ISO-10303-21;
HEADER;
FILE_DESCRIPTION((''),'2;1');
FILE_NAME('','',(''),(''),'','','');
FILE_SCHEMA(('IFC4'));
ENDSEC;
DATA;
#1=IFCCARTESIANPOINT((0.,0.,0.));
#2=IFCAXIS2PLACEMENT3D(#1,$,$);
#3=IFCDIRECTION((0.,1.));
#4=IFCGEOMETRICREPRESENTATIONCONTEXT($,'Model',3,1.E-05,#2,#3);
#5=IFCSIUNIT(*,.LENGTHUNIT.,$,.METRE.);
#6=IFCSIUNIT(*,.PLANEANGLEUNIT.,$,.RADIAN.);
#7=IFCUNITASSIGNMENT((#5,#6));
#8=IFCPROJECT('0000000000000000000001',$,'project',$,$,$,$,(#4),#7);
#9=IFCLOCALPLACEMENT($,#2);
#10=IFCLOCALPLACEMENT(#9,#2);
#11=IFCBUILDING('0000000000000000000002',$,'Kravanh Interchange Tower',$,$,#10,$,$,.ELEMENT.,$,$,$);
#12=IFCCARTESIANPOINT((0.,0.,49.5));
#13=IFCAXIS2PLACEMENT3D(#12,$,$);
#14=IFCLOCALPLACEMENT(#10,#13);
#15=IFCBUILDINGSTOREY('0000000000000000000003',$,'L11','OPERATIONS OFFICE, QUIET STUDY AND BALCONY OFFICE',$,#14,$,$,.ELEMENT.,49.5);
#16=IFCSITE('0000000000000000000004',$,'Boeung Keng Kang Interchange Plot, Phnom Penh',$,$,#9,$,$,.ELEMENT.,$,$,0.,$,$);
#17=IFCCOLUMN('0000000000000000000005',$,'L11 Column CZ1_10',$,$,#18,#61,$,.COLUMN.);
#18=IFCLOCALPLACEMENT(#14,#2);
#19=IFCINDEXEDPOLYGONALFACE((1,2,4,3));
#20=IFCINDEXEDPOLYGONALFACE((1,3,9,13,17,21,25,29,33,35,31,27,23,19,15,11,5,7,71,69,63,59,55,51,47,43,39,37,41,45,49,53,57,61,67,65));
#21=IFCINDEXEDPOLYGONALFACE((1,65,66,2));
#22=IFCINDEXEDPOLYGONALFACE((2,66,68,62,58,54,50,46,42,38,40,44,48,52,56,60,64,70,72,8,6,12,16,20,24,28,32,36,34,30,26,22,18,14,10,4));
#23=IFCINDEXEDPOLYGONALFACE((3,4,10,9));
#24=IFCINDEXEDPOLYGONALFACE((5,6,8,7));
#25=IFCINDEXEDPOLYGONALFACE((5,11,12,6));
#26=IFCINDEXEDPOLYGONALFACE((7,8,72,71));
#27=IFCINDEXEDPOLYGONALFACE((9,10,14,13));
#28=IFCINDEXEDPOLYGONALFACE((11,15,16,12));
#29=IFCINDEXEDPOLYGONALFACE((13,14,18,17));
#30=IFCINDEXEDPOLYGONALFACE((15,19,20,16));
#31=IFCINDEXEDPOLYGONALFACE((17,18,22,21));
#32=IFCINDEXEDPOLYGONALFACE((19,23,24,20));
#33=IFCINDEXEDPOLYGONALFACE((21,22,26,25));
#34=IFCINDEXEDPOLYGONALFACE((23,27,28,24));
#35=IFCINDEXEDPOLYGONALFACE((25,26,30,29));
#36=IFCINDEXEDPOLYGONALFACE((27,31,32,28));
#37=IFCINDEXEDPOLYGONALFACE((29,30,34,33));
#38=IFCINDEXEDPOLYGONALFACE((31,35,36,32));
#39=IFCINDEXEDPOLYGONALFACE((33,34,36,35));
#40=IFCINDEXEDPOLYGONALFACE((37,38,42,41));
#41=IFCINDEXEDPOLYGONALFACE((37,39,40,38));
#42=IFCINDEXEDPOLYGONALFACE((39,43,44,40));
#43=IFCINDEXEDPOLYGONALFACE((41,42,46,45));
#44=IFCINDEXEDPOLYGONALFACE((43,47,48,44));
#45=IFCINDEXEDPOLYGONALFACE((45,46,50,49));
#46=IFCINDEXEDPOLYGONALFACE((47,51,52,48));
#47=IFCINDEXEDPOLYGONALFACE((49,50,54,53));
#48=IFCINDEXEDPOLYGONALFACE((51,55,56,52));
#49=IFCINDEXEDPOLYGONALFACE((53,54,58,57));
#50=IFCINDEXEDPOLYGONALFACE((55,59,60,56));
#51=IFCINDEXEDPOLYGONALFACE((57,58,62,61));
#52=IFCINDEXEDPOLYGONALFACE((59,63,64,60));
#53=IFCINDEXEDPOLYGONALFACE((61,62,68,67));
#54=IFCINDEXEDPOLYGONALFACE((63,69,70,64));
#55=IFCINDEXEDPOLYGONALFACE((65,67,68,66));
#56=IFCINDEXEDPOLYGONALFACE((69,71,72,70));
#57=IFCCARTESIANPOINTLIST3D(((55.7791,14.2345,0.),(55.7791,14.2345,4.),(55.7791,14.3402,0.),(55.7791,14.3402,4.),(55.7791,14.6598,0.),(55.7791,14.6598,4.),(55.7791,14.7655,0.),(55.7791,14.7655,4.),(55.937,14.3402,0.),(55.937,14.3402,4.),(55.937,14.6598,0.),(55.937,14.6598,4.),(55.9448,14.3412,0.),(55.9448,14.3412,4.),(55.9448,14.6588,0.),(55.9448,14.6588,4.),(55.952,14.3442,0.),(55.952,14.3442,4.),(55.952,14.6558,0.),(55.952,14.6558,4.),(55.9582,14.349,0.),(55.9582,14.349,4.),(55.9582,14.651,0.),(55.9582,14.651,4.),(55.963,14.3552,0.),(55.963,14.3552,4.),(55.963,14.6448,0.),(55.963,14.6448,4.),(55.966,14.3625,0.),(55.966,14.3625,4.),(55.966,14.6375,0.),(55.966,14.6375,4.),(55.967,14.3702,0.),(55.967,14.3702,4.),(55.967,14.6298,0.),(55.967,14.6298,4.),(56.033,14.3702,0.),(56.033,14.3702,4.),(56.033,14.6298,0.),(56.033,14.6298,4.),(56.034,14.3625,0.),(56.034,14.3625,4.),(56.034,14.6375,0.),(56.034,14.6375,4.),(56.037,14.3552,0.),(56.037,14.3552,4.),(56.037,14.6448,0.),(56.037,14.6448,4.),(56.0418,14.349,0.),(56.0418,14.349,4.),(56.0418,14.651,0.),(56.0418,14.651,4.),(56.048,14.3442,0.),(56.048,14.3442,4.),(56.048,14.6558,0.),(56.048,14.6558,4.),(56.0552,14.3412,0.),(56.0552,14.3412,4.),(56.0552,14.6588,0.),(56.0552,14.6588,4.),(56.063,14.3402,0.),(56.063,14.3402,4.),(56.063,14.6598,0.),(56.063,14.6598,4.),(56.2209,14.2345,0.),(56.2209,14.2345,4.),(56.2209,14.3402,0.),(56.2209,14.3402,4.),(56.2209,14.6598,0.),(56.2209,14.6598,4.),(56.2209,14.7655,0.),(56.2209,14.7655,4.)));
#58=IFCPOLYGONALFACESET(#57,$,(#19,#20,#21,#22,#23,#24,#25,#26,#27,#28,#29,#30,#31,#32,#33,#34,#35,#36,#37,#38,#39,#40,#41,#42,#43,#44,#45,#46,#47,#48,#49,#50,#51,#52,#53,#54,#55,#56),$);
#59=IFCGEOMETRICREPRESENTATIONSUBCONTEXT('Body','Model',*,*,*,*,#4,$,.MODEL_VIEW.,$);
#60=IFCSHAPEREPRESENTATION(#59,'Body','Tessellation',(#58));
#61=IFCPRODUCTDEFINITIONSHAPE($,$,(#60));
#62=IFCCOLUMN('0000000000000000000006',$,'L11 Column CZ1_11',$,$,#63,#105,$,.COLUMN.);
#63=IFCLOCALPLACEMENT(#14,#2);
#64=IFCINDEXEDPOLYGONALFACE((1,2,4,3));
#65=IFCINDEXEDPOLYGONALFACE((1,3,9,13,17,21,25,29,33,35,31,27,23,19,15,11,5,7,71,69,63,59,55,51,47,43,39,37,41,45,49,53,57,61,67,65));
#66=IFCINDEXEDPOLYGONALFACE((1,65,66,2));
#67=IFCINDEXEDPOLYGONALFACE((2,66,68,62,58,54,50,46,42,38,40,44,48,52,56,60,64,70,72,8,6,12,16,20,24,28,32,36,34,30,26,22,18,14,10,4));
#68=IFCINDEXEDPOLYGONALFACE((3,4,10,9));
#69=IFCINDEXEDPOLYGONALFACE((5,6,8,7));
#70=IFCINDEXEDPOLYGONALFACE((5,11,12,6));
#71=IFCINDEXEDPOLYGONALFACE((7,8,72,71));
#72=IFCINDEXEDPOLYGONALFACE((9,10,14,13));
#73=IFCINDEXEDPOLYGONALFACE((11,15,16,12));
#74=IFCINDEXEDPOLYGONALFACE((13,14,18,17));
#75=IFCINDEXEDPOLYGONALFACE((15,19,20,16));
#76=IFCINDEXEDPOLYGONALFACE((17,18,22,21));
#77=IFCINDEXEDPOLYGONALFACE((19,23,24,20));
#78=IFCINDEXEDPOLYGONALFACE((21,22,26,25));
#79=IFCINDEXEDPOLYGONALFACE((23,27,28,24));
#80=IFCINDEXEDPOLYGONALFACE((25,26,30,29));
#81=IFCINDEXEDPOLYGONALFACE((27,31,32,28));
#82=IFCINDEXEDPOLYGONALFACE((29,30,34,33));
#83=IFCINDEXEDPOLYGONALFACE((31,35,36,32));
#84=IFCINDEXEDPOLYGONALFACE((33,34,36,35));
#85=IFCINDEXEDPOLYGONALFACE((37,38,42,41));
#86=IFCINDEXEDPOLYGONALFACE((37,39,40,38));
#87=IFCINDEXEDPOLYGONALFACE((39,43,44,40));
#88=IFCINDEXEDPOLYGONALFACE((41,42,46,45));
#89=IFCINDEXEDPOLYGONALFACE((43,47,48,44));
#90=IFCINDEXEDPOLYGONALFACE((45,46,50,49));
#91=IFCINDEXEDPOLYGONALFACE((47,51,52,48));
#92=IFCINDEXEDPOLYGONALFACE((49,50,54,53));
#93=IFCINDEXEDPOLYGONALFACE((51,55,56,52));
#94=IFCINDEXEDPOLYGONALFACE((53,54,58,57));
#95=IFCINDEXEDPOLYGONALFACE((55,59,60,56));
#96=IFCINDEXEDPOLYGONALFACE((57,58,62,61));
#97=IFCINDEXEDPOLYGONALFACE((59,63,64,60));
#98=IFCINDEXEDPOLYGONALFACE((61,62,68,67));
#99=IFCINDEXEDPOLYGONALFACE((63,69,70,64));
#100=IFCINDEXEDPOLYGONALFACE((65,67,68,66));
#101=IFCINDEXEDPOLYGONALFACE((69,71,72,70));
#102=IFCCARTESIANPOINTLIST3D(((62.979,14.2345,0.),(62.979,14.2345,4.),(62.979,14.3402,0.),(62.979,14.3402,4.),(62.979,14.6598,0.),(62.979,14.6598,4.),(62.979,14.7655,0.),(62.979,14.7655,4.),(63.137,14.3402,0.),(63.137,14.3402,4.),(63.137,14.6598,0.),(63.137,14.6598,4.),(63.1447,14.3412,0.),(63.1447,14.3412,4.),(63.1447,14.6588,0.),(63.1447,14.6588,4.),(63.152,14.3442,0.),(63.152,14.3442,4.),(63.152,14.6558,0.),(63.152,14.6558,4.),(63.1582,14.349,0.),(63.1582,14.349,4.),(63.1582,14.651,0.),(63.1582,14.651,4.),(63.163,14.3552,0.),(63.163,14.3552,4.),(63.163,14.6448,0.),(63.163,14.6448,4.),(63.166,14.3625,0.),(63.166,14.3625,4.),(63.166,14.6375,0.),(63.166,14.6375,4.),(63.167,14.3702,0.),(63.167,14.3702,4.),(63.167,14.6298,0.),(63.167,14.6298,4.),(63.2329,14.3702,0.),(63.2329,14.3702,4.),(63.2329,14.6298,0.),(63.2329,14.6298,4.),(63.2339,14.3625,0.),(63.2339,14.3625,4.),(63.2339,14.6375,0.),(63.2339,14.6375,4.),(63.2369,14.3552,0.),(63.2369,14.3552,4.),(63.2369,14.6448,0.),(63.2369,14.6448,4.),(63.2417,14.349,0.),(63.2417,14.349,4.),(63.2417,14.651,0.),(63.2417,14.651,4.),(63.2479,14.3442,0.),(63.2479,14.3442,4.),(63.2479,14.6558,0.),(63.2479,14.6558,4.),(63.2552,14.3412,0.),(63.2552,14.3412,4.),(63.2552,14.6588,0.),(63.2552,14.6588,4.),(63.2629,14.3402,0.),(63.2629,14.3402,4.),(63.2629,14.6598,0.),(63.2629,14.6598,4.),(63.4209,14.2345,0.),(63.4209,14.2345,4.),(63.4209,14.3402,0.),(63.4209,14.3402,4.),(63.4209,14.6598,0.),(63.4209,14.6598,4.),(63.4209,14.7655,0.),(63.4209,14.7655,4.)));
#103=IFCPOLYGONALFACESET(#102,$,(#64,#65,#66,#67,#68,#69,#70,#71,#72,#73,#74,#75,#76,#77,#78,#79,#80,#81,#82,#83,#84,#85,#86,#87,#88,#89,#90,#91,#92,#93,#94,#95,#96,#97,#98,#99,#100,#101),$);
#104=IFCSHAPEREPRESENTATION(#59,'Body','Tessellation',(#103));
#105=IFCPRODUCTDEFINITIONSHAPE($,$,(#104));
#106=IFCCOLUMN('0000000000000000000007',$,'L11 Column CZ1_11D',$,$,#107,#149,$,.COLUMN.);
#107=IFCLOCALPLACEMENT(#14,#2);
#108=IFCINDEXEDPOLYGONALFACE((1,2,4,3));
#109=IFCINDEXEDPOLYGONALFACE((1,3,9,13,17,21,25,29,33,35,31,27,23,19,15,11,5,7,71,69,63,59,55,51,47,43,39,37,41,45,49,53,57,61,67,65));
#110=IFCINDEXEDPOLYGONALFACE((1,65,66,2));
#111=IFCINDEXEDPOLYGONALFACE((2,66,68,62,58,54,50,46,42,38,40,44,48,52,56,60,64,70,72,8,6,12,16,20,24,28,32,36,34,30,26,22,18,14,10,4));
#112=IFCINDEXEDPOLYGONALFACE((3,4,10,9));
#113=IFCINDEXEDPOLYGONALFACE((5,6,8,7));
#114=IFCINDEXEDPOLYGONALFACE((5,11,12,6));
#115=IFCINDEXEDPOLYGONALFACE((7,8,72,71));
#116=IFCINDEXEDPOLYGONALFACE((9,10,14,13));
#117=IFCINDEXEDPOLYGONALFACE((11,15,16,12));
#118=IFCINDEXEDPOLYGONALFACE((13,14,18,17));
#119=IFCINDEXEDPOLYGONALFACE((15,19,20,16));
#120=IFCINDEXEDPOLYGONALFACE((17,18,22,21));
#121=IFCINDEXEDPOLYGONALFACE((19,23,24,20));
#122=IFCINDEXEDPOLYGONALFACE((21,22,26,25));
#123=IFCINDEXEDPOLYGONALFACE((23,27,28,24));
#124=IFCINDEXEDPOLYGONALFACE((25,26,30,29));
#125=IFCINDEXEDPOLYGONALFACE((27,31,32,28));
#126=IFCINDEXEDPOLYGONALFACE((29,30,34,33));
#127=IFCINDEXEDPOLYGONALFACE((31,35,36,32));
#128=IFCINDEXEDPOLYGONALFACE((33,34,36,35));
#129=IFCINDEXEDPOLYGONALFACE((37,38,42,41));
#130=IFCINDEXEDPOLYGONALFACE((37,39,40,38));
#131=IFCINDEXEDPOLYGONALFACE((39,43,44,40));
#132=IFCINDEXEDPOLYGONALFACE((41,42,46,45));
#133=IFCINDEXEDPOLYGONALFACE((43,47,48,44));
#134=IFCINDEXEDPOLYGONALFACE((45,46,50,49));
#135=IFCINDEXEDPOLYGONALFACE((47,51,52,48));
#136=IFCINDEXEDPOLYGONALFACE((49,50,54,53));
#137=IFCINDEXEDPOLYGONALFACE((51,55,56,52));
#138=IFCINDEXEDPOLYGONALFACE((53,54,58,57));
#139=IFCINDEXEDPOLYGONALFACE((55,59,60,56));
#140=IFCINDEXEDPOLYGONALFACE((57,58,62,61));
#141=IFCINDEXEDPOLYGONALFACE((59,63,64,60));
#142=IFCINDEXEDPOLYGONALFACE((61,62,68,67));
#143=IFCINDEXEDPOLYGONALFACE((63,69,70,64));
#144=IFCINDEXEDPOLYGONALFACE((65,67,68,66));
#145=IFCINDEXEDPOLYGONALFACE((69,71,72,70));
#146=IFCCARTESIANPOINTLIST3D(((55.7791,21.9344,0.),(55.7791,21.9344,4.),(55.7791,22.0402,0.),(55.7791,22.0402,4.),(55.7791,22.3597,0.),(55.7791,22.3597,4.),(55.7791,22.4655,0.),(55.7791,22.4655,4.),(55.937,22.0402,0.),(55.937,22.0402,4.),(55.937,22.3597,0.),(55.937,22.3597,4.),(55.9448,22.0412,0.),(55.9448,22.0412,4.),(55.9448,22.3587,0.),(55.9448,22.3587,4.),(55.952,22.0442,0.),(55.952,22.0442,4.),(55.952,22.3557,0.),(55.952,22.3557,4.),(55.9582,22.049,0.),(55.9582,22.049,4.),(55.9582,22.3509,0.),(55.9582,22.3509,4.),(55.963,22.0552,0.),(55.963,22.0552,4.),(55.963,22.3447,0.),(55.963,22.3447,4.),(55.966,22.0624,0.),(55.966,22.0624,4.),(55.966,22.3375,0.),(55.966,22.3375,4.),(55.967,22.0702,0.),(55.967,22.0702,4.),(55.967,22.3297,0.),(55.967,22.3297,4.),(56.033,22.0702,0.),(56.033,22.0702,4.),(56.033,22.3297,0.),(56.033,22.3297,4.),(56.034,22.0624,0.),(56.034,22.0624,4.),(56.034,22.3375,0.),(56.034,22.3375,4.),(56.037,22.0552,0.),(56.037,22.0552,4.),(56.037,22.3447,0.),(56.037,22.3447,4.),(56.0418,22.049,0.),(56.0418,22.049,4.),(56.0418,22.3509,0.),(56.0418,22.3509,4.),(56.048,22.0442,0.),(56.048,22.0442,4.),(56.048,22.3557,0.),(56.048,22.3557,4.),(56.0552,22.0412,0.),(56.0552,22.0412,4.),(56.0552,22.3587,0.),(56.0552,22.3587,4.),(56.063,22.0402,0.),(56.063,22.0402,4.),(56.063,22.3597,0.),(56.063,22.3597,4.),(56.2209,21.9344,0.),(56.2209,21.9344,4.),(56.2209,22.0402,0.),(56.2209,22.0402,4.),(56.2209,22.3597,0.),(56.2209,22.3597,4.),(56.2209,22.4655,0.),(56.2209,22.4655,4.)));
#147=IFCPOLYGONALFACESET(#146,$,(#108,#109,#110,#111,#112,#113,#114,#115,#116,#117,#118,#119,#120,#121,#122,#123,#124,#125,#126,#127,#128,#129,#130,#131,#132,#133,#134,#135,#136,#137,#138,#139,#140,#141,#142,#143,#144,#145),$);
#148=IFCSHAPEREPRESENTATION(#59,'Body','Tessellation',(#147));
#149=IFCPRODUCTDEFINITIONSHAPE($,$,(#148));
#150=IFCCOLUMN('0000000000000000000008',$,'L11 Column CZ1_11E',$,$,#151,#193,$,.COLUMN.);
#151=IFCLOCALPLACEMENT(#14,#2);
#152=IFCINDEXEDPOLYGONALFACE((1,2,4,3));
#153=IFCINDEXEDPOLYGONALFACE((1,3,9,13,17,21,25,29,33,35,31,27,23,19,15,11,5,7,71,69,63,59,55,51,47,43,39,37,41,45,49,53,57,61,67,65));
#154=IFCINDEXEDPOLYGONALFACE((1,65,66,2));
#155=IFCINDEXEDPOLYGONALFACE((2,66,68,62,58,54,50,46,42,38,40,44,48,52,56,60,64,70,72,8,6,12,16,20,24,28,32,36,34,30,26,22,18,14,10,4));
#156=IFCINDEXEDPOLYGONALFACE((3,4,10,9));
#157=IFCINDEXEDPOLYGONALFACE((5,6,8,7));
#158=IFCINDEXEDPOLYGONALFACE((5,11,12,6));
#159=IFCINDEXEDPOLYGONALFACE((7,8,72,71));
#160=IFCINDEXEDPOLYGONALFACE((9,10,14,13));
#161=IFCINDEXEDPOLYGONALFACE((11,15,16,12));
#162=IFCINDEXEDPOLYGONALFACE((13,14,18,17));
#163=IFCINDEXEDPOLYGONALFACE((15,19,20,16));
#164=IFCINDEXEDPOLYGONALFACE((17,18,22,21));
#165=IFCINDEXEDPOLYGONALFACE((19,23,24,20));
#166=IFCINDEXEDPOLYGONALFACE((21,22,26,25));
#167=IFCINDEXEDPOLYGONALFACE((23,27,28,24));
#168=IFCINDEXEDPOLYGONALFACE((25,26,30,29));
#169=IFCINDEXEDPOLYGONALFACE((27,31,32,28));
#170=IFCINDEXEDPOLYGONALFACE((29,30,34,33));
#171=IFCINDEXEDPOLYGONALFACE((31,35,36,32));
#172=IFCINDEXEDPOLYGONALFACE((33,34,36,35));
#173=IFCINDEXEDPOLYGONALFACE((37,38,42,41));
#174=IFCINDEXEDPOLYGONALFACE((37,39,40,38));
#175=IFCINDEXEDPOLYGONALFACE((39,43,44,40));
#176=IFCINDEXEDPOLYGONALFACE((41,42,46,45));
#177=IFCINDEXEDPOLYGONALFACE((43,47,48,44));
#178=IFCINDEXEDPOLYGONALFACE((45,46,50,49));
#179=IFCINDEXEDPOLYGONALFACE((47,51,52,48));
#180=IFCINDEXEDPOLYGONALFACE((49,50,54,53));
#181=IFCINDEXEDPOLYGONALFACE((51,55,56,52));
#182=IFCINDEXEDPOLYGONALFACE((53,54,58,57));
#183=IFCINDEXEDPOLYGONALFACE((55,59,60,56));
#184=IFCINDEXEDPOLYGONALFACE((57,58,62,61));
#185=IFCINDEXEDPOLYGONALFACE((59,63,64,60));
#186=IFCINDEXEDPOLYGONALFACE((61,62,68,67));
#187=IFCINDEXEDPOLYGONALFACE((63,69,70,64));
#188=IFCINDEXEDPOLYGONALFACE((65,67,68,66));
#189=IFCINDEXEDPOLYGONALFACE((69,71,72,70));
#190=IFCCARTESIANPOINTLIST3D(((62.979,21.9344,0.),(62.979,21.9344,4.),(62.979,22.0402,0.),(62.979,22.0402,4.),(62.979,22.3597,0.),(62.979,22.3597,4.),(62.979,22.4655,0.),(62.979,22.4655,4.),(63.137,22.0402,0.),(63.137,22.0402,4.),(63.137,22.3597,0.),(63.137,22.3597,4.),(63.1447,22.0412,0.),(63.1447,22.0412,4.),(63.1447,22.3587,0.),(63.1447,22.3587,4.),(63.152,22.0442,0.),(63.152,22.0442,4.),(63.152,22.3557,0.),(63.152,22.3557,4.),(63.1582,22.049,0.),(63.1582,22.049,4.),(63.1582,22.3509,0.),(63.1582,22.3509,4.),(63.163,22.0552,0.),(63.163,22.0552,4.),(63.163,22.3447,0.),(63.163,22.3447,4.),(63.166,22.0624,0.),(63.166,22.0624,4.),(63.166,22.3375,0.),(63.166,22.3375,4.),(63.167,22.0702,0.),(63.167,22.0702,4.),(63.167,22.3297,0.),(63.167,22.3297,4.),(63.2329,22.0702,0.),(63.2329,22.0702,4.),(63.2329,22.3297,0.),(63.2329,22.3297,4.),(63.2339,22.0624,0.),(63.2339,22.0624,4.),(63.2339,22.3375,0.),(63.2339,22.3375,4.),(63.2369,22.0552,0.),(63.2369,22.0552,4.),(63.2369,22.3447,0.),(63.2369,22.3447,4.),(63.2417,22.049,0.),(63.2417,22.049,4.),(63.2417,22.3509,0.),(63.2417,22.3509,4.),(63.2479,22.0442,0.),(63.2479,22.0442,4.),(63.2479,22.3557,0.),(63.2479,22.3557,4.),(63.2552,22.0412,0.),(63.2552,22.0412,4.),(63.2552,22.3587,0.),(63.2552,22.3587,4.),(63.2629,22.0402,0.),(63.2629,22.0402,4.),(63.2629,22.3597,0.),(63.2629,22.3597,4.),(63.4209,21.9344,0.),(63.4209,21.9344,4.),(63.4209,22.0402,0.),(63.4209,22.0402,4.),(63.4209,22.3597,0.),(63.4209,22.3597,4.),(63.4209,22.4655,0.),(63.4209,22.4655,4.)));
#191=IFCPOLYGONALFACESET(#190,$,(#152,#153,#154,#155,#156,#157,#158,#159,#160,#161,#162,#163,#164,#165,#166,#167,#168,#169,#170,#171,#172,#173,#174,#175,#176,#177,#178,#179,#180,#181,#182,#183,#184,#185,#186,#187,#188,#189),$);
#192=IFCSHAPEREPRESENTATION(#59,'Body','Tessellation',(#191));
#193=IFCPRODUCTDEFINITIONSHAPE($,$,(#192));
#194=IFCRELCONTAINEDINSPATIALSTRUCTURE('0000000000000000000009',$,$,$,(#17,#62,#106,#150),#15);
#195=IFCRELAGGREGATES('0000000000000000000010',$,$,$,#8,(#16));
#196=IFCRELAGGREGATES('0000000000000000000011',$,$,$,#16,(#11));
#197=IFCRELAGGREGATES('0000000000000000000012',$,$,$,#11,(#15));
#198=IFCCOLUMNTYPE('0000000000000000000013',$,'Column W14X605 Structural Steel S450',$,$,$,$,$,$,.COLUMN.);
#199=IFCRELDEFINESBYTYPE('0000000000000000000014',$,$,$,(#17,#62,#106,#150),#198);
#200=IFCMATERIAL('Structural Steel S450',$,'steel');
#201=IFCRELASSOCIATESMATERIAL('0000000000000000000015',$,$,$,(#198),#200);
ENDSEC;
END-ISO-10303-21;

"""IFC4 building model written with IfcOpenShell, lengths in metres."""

from ifc_helpers import new_model, si_unit, direction, frame, origin, origin_2d, place, context, subcontext, project, spatial, i_section, extrude, material, material_profile, profile_set, type_object, element, save


model = new_model("IFC4")

# Units and contexts
model_context = context("Model", 3, precision=1e-05, world=origin(), true_north=direction((0.0, 1.0)))
body_context = subcontext(model_context, "Body", "Model", "MODEL_VIEW")
ifc_project = project(units=[si_unit("LENGTHUNIT", "METRE"), si_unit("PLANEANGLEUNIT", "RADIAN")], contexts=[model_context])

# Site, building, storey
site_placement = place(None, origin())
site = spatial("IfcSite", under=ifc_project, at=site_placement, Name="Boeung Keng Kang Interchange Plot, Phnom Penh", CompositionType="ELEMENT", RefElevation=0.0)
building_placement = place(site_placement, origin())
building = spatial("IfcBuilding", under=site, at=building_placement, Name="Kravanh Interchange Tower", CompositionType="ELEMENT")
storey_placement = place(building_placement, frame((0.0, 0.0, 49.5)))
storey = spatial("IfcBuildingStorey", under=building, at=storey_placement, Name="L11", Description="OPERATIONS OFFICE, QUIET STUDY AND BALCONY OFFICE", CompositionType="ELEMENT", Elevation=49.5)

# Columns
ifc_material_1 = material(Name="Structural Steel S450", Category="steel")
ifc_material_profile_1 = material_profile(ifc_material_1, i_section(OverallWidth=0.4419, OverallDepth=0.531, WebThickness=0.0659, FlangeThickness=0.1057, FilletRadius=0.03, at=origin_2d()), Name="W14X605")
ifc_profile_set_1 = profile_set([ifc_material_profile_1], Name="Structural Steel S450")
column_type = type_object("IfcColumnType", Name="Column W14X605 Structural Steel S450", PredefinedType="COLUMN", material=ifc_profile_set_1)
for number, where, z_axis, x_axis, name in (
    (1, (56.0, 14.5, 0.0), (0.0, 0.0, 1.0), (1.0, 0.0, 0.0), "L11 Column CZ1_10"),
    (2, (63.2, 14.5, 0.0), (0.0, 0.0, 1.0), (1.0, 0.0, 0.0), "L11 Column CZ1_11"),
    (3, (56.0, 22.2, 0.0), (0.0, 0.0, 1.0), (1.0, 0.0, 0.0), "L11 Column CZ1_11D"),
    (4, (63.2, 22.2, 0.0), (0.0, 0.0, 1.0), (1.0, 0.0, 0.0), "L11 Column CZ1_11E"),
):
    element("IfcColumn", number, at=place(storey_placement, frame(where, z_axis=z_axis, x_axis=x_axis)), inside=storey, type_object=column_type, Name=name, PredefinedType="COLUMN", context=body_context, shape_type="SweptSolid", body=[
        extrude(i_section(OverallWidth=0.4419, OverallDepth=0.531, WebThickness=0.0659, FlangeThickness=0.1057, FilletRadius=0.03, at=origin_2d()), origin(), (0.0, 0.0, 1.0), 4.0),
    ])

save(model, "model.ifc")
